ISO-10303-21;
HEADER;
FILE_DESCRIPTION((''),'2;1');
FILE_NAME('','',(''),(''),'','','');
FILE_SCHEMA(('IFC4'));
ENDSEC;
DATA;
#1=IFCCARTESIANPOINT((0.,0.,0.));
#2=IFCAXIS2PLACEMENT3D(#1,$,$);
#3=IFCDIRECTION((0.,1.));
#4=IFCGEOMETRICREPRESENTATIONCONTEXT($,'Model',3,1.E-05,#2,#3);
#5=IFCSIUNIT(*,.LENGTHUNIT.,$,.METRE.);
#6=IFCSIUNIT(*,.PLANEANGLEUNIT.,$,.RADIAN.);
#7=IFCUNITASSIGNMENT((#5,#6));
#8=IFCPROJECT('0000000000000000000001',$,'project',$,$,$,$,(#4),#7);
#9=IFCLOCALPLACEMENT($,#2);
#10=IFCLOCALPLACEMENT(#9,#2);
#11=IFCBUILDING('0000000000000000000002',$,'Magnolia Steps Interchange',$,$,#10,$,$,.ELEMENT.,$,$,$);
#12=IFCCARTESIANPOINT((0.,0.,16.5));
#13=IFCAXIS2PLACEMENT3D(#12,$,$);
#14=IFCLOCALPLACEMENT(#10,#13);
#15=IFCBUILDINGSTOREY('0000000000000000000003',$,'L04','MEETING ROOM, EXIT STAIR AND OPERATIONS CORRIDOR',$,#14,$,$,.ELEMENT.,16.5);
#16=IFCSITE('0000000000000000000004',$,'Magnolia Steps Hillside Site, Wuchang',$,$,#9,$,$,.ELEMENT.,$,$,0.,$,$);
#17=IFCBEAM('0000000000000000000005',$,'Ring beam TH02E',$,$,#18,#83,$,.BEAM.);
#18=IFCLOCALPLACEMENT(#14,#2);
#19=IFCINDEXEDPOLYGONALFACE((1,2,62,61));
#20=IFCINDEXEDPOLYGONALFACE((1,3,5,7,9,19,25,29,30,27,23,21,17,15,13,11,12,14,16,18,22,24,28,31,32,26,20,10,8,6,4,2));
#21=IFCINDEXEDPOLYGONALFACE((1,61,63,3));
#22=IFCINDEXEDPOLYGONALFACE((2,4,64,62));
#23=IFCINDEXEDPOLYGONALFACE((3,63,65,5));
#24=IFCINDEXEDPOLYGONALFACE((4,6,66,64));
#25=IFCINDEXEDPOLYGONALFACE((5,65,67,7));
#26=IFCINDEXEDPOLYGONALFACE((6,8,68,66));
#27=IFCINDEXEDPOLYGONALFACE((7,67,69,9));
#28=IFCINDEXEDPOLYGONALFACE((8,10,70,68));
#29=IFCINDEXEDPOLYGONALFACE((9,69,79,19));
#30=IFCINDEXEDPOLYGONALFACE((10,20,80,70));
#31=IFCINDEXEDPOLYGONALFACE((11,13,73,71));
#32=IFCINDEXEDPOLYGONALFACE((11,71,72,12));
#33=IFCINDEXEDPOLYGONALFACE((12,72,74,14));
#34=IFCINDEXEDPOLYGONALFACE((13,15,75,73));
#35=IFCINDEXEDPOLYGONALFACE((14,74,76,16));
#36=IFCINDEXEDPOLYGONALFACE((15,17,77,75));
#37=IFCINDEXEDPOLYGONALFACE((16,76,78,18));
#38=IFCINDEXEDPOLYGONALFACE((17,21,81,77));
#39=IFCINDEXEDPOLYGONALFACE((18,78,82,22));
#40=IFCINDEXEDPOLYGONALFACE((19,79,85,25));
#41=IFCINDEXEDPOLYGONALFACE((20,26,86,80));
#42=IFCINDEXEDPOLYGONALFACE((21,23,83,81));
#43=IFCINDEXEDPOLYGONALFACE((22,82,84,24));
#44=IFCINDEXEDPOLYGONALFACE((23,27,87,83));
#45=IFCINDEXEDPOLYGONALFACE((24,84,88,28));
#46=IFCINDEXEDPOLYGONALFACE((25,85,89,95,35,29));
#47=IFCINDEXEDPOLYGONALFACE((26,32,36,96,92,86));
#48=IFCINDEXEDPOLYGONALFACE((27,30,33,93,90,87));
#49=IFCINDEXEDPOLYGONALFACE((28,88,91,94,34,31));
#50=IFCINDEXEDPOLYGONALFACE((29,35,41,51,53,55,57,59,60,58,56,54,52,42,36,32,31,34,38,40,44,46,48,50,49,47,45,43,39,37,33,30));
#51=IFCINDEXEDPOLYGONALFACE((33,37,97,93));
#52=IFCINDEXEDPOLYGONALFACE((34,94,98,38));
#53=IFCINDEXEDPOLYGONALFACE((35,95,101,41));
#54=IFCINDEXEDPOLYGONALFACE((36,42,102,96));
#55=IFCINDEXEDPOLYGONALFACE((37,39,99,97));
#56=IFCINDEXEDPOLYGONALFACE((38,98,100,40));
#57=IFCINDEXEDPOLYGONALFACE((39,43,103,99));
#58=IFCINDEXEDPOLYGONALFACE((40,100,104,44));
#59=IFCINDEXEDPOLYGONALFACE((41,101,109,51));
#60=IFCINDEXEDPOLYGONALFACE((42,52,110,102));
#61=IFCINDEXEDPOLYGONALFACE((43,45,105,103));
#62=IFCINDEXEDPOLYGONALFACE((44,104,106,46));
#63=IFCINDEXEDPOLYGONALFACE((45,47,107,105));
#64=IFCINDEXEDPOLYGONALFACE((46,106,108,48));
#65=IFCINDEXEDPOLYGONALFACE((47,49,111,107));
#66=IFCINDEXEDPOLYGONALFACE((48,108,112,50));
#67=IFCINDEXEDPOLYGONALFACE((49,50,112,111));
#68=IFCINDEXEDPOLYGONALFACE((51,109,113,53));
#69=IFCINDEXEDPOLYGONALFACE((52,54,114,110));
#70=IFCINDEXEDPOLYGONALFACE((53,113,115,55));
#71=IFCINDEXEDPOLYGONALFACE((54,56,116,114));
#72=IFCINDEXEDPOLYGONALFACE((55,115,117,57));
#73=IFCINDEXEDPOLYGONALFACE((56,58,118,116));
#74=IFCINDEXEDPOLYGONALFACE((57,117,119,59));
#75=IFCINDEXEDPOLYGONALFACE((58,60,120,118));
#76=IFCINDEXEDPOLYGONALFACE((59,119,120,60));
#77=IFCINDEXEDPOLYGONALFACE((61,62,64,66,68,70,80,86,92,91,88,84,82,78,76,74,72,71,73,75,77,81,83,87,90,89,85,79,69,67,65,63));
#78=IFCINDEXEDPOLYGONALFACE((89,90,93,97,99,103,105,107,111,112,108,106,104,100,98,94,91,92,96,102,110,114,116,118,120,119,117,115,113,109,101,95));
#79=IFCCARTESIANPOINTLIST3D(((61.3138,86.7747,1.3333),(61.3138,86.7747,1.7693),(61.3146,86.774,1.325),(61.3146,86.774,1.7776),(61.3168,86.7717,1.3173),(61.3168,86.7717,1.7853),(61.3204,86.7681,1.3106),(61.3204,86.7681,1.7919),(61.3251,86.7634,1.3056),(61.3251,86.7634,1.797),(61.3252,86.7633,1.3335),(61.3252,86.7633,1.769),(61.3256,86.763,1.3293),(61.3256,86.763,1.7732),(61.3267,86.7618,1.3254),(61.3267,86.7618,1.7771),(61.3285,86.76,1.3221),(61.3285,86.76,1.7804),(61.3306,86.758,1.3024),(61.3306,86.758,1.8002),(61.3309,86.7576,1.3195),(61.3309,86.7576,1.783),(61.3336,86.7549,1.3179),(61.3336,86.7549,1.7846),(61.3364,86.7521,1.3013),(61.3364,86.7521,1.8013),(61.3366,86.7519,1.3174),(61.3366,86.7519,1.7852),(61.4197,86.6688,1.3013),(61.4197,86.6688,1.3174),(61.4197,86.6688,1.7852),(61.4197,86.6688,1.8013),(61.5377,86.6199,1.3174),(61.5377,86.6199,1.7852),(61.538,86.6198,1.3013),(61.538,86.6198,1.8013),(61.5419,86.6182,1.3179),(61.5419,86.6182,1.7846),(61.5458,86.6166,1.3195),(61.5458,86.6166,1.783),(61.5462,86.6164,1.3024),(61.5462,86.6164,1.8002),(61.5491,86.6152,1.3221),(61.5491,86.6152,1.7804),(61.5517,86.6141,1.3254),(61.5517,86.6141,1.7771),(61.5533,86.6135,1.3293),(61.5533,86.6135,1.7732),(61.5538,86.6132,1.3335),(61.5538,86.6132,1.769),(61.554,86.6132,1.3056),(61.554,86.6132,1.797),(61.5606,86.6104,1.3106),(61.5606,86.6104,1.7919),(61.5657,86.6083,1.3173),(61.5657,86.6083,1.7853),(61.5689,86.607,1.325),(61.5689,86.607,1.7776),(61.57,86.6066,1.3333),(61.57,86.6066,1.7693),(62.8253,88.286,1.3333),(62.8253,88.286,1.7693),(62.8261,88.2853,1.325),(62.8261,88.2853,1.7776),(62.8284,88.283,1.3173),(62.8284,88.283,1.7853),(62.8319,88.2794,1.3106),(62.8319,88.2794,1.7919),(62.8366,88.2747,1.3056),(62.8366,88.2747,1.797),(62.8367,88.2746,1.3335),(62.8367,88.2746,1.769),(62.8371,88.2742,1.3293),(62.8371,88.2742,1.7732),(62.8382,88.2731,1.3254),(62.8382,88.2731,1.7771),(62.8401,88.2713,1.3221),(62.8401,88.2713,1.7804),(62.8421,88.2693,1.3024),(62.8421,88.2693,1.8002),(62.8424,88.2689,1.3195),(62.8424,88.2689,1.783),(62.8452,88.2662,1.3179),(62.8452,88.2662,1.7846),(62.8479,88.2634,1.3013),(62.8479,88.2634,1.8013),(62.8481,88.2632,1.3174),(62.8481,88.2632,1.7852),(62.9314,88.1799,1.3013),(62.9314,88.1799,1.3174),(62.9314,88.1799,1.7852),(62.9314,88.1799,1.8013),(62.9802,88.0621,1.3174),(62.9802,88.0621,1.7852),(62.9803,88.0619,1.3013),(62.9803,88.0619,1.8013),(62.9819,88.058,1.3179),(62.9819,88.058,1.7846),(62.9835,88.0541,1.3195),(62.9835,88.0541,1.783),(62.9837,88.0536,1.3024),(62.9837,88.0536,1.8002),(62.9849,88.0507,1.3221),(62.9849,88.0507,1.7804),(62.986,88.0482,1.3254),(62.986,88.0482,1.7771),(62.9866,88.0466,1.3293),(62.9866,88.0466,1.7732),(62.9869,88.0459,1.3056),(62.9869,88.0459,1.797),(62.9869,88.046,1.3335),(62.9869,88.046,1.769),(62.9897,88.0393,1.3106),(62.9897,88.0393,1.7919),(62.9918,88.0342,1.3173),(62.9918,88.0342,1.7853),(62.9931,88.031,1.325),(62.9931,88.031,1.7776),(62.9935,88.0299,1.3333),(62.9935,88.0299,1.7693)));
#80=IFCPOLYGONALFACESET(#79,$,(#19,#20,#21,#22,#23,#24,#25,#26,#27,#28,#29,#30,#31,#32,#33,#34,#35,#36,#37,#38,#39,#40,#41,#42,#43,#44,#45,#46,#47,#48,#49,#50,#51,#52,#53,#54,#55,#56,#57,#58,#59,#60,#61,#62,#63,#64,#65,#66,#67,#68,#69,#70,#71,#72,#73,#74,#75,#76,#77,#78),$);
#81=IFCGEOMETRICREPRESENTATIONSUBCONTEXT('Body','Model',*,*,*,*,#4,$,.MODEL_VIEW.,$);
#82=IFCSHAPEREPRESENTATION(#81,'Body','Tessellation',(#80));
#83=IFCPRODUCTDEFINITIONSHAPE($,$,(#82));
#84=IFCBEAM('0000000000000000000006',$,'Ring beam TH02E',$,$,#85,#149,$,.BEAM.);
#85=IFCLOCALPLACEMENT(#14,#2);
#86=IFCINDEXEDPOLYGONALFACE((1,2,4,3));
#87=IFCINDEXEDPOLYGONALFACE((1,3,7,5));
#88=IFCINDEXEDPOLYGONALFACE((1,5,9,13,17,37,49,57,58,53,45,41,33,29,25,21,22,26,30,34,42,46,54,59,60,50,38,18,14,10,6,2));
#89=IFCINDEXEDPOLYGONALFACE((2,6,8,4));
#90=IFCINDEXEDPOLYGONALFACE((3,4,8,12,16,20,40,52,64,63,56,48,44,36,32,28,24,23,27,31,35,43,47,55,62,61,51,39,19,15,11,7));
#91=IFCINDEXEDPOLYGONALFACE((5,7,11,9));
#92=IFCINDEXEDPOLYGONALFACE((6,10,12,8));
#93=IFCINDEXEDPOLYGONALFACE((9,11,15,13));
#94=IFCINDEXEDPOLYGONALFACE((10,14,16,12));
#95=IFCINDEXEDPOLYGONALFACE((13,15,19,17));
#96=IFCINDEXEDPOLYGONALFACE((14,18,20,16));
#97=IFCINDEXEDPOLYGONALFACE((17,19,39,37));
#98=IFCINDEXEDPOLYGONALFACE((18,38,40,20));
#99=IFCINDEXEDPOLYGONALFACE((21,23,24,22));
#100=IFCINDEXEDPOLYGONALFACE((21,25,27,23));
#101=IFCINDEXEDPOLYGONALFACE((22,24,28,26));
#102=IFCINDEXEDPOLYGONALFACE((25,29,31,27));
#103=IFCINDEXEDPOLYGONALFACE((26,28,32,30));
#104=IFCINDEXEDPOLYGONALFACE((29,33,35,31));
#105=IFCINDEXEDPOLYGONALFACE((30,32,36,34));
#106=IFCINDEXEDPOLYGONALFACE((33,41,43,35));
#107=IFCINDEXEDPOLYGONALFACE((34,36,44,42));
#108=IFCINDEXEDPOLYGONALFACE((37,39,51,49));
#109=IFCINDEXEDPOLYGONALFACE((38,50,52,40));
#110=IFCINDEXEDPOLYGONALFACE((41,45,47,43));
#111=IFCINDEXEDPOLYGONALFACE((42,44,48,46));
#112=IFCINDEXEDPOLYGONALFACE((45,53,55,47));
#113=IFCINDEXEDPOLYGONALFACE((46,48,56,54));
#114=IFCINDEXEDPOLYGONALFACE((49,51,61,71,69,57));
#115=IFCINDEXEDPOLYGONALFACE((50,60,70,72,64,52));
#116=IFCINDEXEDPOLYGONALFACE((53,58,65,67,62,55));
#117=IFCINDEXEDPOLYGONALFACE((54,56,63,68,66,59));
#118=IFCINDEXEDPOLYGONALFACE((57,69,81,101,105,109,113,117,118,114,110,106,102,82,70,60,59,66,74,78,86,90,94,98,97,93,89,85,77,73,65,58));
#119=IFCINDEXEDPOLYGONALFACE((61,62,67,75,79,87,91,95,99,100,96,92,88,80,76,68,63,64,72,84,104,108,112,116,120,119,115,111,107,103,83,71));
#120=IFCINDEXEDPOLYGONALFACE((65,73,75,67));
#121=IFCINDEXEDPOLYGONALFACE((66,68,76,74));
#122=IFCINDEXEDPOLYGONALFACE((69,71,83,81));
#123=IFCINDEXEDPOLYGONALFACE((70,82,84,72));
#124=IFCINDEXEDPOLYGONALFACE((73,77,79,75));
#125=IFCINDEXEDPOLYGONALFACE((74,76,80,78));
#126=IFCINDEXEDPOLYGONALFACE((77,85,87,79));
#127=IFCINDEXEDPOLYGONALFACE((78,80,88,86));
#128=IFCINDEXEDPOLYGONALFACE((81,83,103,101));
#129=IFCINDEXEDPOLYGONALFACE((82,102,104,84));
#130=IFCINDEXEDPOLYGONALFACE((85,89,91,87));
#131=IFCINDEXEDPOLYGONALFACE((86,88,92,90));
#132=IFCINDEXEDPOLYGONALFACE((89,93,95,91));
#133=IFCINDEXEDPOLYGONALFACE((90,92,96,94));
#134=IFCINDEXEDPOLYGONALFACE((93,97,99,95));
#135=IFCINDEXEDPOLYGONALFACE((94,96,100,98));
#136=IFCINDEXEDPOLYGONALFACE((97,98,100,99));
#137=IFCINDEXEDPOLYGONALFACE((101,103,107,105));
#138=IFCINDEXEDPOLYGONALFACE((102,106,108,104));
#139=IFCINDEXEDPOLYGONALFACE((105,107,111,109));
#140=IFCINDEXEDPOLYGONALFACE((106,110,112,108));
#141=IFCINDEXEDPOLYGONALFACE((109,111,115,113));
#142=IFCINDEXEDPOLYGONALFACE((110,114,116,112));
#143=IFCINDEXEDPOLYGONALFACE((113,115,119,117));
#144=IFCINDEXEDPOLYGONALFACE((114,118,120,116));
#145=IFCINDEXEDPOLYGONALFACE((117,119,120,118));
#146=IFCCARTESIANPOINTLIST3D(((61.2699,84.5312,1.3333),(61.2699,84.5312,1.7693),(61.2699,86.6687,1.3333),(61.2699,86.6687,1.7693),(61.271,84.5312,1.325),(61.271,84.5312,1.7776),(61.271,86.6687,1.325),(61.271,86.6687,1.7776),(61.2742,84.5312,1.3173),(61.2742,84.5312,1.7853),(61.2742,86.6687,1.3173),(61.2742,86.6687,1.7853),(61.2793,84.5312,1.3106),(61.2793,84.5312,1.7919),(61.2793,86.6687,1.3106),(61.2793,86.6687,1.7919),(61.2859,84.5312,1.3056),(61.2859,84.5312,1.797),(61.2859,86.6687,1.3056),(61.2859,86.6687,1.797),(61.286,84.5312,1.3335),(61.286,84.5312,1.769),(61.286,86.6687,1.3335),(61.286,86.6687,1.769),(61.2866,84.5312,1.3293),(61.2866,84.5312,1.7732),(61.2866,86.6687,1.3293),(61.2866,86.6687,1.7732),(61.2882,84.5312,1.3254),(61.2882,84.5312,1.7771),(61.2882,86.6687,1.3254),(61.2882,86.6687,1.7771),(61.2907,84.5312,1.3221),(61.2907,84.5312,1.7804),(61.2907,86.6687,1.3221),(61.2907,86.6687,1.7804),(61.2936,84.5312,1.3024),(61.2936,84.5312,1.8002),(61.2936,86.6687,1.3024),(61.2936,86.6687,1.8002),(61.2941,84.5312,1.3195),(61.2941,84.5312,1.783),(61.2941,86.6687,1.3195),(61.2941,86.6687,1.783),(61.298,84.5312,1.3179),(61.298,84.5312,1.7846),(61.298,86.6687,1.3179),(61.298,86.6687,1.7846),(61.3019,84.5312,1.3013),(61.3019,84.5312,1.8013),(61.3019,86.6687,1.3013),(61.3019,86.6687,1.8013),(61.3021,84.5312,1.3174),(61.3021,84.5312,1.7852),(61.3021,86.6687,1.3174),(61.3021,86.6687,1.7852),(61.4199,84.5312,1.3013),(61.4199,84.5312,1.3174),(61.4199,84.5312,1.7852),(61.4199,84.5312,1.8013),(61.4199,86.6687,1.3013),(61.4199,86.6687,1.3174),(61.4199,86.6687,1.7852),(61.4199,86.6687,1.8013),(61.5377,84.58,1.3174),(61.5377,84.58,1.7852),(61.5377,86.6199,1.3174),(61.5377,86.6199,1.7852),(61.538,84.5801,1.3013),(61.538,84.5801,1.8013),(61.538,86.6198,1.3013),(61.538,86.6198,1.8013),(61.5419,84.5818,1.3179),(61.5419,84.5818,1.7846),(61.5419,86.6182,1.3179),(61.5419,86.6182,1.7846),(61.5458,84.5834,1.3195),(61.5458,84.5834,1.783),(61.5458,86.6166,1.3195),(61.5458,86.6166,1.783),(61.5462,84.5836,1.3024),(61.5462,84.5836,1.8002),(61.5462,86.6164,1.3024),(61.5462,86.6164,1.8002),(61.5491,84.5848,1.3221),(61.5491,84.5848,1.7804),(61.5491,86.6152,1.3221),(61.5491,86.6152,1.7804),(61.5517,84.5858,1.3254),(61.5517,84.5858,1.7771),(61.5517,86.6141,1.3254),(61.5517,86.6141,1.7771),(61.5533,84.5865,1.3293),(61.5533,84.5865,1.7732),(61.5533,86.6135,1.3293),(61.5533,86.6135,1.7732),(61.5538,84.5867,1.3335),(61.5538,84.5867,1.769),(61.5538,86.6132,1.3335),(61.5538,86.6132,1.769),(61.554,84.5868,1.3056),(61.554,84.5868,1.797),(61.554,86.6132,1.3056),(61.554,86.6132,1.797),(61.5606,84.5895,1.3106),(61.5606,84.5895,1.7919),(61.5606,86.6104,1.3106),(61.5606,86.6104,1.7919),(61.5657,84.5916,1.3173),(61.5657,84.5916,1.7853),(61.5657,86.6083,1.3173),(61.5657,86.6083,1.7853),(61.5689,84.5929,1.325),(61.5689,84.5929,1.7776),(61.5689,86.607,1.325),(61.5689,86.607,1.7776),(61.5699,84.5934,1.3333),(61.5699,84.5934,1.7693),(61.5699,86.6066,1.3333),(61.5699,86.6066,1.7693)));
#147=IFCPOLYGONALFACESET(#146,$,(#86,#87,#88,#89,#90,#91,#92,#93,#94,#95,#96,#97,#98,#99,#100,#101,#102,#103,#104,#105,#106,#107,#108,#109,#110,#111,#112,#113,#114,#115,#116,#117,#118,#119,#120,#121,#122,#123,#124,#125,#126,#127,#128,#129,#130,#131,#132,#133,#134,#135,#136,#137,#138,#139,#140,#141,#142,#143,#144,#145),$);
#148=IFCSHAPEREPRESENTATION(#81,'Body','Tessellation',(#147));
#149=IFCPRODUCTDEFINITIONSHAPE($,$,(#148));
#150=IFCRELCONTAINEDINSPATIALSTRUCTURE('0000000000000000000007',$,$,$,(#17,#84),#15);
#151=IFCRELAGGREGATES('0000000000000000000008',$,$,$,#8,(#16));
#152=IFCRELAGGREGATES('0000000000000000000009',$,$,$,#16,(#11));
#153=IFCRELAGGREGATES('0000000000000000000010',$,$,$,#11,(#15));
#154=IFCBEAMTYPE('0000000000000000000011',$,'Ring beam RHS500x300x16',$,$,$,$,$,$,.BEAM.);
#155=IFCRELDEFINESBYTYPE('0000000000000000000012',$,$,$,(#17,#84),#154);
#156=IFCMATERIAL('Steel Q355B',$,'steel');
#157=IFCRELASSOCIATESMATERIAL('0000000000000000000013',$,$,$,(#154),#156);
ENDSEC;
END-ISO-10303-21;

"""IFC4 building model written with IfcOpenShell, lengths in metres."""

from ifc_helpers import new_model, si_unit, direction, frame, origin, origin_2d, place, context, subcontext, project, spatial, hollow_rectangle, extrude, clip, halfspace, material, material_profile, profile_set, type_object, element, save


model = new_model("IFC4")

# Units and contexts
model_context = context("Model", 3, precision=1e-05, world=origin(), true_north=direction((0.0, 1.0)))
body_context = subcontext(model_context, "Body", "Model", "MODEL_VIEW")
ifc_project = project(units=[si_unit("LENGTHUNIT", "METRE"), si_unit("PLANEANGLEUNIT", "RADIAN")], contexts=[model_context])

# Site, building, storey
site_placement = place(None, origin())
site = spatial("IfcSite", under=ifc_project, at=site_placement, Name="Magnolia Steps Hillside Site, Wuchang", CompositionType="ELEMENT", RefElevation=0.0)
building_placement = place(site_placement, origin())
building = spatial("IfcBuilding", under=site, at=building_placement, Name="Magnolia Steps Interchange", CompositionType="ELEMENT")
storey_placement = place(building_placement, frame((0.0, 0.0, 16.5)))
storey = spatial("IfcBuildingStorey", under=building, at=storey_placement, Name="L04", Description="MEETING ROOM, EXIT STAIR AND OPERATIONS CORRIDOR", CompositionType="ELEMENT", Elevation=16.5)

# Beams
ifc_material_1 = material(Name="Steel Q355B", Category="steel")
ifc_material_profile_1 = material_profile(ifc_material_1, hollow_rectangle(XDim=0.3, YDim=0.5, WallThickness=0.0161, InnerFilletRadius=0.0161, OuterFilletRadius=0.032, at=origin_2d()), Name="RHS500x300x16")
ifc_profile_set_1 = profile_set([ifc_material_profile_1], Name="Steel Q355B")
beam_type_1 = type_object("IfcBeamType", Name="Ring beam RHS500x300x16", PredefinedType="BEAM", material=ifc_profile_set_1)
beam_1_placement = place(storey_placement, frame((62.9314, 88.1799, 1.5513), z_axis=(-0.707164, -0.70705, 0.0), x_axis=(0.70705, -0.707164, 0.0)))
element("IfcBeam", 1, at=beam_1_placement, inside=storey, type_object=beam_type_1, Name="Ring beam TH02E", PredefinedType="BEAM", context=body_context, shape_type="Clipping", body=[
    clip(clip(extrude(hollow_rectangle(XDim=0.3, YDim=0.5, WallThickness=0.0161, InnerFilletRadius=0.0161, OuterFilletRadius=0.032, at=origin_2d()), origin(), (0.0, 0.0, 1.0), 2.1375), halfspace(frame((0.0, 0.0, 0.0), z_axis=(0.382609, 0.0, -0.92391), x_axis=(0.92391, 0.0, 0.382609)), False)), halfspace(frame((0.0, 0.0, 2.1374), z_axis=(0.382758, 0.0, 0.923849), x_axis=(0.923849, 0.0, -0.382758)), False)),
])
beam_2_placement = place(storey_placement, frame((61.4199, 86.6687, 1.5513), z_axis=(0.0, -1.0, 0.0), x_axis=(1.0, 0.0, 0.0)))
element("IfcBeam", 2, at=beam_2_placement, inside=storey, type_object=beam_type_1, Name="Ring beam TH02E", PredefinedType="BEAM", context=body_context, shape_type="Clipping", body=[
    clip(clip(extrude(hollow_rectangle(XDim=0.3, YDim=0.5, WallThickness=0.0161, InnerFilletRadius=0.0161, OuterFilletRadius=0.032, at=origin_2d()), origin(), (0.0, 0.0, 1.0), 2.1375), halfspace(frame((0.0, 0.0, 0.0), z_axis=(0.382683, 0.0, -0.92388), x_axis=(0.92388, 0.0, 0.382683)), False)), halfspace(frame((0.0, 0.0, 2.1375), z_axis=(0.382683, 0.0, 0.92388), x_axis=(0.92388, 0.0, -0.382683)), False)),
])

save(model, "model.ifc")
